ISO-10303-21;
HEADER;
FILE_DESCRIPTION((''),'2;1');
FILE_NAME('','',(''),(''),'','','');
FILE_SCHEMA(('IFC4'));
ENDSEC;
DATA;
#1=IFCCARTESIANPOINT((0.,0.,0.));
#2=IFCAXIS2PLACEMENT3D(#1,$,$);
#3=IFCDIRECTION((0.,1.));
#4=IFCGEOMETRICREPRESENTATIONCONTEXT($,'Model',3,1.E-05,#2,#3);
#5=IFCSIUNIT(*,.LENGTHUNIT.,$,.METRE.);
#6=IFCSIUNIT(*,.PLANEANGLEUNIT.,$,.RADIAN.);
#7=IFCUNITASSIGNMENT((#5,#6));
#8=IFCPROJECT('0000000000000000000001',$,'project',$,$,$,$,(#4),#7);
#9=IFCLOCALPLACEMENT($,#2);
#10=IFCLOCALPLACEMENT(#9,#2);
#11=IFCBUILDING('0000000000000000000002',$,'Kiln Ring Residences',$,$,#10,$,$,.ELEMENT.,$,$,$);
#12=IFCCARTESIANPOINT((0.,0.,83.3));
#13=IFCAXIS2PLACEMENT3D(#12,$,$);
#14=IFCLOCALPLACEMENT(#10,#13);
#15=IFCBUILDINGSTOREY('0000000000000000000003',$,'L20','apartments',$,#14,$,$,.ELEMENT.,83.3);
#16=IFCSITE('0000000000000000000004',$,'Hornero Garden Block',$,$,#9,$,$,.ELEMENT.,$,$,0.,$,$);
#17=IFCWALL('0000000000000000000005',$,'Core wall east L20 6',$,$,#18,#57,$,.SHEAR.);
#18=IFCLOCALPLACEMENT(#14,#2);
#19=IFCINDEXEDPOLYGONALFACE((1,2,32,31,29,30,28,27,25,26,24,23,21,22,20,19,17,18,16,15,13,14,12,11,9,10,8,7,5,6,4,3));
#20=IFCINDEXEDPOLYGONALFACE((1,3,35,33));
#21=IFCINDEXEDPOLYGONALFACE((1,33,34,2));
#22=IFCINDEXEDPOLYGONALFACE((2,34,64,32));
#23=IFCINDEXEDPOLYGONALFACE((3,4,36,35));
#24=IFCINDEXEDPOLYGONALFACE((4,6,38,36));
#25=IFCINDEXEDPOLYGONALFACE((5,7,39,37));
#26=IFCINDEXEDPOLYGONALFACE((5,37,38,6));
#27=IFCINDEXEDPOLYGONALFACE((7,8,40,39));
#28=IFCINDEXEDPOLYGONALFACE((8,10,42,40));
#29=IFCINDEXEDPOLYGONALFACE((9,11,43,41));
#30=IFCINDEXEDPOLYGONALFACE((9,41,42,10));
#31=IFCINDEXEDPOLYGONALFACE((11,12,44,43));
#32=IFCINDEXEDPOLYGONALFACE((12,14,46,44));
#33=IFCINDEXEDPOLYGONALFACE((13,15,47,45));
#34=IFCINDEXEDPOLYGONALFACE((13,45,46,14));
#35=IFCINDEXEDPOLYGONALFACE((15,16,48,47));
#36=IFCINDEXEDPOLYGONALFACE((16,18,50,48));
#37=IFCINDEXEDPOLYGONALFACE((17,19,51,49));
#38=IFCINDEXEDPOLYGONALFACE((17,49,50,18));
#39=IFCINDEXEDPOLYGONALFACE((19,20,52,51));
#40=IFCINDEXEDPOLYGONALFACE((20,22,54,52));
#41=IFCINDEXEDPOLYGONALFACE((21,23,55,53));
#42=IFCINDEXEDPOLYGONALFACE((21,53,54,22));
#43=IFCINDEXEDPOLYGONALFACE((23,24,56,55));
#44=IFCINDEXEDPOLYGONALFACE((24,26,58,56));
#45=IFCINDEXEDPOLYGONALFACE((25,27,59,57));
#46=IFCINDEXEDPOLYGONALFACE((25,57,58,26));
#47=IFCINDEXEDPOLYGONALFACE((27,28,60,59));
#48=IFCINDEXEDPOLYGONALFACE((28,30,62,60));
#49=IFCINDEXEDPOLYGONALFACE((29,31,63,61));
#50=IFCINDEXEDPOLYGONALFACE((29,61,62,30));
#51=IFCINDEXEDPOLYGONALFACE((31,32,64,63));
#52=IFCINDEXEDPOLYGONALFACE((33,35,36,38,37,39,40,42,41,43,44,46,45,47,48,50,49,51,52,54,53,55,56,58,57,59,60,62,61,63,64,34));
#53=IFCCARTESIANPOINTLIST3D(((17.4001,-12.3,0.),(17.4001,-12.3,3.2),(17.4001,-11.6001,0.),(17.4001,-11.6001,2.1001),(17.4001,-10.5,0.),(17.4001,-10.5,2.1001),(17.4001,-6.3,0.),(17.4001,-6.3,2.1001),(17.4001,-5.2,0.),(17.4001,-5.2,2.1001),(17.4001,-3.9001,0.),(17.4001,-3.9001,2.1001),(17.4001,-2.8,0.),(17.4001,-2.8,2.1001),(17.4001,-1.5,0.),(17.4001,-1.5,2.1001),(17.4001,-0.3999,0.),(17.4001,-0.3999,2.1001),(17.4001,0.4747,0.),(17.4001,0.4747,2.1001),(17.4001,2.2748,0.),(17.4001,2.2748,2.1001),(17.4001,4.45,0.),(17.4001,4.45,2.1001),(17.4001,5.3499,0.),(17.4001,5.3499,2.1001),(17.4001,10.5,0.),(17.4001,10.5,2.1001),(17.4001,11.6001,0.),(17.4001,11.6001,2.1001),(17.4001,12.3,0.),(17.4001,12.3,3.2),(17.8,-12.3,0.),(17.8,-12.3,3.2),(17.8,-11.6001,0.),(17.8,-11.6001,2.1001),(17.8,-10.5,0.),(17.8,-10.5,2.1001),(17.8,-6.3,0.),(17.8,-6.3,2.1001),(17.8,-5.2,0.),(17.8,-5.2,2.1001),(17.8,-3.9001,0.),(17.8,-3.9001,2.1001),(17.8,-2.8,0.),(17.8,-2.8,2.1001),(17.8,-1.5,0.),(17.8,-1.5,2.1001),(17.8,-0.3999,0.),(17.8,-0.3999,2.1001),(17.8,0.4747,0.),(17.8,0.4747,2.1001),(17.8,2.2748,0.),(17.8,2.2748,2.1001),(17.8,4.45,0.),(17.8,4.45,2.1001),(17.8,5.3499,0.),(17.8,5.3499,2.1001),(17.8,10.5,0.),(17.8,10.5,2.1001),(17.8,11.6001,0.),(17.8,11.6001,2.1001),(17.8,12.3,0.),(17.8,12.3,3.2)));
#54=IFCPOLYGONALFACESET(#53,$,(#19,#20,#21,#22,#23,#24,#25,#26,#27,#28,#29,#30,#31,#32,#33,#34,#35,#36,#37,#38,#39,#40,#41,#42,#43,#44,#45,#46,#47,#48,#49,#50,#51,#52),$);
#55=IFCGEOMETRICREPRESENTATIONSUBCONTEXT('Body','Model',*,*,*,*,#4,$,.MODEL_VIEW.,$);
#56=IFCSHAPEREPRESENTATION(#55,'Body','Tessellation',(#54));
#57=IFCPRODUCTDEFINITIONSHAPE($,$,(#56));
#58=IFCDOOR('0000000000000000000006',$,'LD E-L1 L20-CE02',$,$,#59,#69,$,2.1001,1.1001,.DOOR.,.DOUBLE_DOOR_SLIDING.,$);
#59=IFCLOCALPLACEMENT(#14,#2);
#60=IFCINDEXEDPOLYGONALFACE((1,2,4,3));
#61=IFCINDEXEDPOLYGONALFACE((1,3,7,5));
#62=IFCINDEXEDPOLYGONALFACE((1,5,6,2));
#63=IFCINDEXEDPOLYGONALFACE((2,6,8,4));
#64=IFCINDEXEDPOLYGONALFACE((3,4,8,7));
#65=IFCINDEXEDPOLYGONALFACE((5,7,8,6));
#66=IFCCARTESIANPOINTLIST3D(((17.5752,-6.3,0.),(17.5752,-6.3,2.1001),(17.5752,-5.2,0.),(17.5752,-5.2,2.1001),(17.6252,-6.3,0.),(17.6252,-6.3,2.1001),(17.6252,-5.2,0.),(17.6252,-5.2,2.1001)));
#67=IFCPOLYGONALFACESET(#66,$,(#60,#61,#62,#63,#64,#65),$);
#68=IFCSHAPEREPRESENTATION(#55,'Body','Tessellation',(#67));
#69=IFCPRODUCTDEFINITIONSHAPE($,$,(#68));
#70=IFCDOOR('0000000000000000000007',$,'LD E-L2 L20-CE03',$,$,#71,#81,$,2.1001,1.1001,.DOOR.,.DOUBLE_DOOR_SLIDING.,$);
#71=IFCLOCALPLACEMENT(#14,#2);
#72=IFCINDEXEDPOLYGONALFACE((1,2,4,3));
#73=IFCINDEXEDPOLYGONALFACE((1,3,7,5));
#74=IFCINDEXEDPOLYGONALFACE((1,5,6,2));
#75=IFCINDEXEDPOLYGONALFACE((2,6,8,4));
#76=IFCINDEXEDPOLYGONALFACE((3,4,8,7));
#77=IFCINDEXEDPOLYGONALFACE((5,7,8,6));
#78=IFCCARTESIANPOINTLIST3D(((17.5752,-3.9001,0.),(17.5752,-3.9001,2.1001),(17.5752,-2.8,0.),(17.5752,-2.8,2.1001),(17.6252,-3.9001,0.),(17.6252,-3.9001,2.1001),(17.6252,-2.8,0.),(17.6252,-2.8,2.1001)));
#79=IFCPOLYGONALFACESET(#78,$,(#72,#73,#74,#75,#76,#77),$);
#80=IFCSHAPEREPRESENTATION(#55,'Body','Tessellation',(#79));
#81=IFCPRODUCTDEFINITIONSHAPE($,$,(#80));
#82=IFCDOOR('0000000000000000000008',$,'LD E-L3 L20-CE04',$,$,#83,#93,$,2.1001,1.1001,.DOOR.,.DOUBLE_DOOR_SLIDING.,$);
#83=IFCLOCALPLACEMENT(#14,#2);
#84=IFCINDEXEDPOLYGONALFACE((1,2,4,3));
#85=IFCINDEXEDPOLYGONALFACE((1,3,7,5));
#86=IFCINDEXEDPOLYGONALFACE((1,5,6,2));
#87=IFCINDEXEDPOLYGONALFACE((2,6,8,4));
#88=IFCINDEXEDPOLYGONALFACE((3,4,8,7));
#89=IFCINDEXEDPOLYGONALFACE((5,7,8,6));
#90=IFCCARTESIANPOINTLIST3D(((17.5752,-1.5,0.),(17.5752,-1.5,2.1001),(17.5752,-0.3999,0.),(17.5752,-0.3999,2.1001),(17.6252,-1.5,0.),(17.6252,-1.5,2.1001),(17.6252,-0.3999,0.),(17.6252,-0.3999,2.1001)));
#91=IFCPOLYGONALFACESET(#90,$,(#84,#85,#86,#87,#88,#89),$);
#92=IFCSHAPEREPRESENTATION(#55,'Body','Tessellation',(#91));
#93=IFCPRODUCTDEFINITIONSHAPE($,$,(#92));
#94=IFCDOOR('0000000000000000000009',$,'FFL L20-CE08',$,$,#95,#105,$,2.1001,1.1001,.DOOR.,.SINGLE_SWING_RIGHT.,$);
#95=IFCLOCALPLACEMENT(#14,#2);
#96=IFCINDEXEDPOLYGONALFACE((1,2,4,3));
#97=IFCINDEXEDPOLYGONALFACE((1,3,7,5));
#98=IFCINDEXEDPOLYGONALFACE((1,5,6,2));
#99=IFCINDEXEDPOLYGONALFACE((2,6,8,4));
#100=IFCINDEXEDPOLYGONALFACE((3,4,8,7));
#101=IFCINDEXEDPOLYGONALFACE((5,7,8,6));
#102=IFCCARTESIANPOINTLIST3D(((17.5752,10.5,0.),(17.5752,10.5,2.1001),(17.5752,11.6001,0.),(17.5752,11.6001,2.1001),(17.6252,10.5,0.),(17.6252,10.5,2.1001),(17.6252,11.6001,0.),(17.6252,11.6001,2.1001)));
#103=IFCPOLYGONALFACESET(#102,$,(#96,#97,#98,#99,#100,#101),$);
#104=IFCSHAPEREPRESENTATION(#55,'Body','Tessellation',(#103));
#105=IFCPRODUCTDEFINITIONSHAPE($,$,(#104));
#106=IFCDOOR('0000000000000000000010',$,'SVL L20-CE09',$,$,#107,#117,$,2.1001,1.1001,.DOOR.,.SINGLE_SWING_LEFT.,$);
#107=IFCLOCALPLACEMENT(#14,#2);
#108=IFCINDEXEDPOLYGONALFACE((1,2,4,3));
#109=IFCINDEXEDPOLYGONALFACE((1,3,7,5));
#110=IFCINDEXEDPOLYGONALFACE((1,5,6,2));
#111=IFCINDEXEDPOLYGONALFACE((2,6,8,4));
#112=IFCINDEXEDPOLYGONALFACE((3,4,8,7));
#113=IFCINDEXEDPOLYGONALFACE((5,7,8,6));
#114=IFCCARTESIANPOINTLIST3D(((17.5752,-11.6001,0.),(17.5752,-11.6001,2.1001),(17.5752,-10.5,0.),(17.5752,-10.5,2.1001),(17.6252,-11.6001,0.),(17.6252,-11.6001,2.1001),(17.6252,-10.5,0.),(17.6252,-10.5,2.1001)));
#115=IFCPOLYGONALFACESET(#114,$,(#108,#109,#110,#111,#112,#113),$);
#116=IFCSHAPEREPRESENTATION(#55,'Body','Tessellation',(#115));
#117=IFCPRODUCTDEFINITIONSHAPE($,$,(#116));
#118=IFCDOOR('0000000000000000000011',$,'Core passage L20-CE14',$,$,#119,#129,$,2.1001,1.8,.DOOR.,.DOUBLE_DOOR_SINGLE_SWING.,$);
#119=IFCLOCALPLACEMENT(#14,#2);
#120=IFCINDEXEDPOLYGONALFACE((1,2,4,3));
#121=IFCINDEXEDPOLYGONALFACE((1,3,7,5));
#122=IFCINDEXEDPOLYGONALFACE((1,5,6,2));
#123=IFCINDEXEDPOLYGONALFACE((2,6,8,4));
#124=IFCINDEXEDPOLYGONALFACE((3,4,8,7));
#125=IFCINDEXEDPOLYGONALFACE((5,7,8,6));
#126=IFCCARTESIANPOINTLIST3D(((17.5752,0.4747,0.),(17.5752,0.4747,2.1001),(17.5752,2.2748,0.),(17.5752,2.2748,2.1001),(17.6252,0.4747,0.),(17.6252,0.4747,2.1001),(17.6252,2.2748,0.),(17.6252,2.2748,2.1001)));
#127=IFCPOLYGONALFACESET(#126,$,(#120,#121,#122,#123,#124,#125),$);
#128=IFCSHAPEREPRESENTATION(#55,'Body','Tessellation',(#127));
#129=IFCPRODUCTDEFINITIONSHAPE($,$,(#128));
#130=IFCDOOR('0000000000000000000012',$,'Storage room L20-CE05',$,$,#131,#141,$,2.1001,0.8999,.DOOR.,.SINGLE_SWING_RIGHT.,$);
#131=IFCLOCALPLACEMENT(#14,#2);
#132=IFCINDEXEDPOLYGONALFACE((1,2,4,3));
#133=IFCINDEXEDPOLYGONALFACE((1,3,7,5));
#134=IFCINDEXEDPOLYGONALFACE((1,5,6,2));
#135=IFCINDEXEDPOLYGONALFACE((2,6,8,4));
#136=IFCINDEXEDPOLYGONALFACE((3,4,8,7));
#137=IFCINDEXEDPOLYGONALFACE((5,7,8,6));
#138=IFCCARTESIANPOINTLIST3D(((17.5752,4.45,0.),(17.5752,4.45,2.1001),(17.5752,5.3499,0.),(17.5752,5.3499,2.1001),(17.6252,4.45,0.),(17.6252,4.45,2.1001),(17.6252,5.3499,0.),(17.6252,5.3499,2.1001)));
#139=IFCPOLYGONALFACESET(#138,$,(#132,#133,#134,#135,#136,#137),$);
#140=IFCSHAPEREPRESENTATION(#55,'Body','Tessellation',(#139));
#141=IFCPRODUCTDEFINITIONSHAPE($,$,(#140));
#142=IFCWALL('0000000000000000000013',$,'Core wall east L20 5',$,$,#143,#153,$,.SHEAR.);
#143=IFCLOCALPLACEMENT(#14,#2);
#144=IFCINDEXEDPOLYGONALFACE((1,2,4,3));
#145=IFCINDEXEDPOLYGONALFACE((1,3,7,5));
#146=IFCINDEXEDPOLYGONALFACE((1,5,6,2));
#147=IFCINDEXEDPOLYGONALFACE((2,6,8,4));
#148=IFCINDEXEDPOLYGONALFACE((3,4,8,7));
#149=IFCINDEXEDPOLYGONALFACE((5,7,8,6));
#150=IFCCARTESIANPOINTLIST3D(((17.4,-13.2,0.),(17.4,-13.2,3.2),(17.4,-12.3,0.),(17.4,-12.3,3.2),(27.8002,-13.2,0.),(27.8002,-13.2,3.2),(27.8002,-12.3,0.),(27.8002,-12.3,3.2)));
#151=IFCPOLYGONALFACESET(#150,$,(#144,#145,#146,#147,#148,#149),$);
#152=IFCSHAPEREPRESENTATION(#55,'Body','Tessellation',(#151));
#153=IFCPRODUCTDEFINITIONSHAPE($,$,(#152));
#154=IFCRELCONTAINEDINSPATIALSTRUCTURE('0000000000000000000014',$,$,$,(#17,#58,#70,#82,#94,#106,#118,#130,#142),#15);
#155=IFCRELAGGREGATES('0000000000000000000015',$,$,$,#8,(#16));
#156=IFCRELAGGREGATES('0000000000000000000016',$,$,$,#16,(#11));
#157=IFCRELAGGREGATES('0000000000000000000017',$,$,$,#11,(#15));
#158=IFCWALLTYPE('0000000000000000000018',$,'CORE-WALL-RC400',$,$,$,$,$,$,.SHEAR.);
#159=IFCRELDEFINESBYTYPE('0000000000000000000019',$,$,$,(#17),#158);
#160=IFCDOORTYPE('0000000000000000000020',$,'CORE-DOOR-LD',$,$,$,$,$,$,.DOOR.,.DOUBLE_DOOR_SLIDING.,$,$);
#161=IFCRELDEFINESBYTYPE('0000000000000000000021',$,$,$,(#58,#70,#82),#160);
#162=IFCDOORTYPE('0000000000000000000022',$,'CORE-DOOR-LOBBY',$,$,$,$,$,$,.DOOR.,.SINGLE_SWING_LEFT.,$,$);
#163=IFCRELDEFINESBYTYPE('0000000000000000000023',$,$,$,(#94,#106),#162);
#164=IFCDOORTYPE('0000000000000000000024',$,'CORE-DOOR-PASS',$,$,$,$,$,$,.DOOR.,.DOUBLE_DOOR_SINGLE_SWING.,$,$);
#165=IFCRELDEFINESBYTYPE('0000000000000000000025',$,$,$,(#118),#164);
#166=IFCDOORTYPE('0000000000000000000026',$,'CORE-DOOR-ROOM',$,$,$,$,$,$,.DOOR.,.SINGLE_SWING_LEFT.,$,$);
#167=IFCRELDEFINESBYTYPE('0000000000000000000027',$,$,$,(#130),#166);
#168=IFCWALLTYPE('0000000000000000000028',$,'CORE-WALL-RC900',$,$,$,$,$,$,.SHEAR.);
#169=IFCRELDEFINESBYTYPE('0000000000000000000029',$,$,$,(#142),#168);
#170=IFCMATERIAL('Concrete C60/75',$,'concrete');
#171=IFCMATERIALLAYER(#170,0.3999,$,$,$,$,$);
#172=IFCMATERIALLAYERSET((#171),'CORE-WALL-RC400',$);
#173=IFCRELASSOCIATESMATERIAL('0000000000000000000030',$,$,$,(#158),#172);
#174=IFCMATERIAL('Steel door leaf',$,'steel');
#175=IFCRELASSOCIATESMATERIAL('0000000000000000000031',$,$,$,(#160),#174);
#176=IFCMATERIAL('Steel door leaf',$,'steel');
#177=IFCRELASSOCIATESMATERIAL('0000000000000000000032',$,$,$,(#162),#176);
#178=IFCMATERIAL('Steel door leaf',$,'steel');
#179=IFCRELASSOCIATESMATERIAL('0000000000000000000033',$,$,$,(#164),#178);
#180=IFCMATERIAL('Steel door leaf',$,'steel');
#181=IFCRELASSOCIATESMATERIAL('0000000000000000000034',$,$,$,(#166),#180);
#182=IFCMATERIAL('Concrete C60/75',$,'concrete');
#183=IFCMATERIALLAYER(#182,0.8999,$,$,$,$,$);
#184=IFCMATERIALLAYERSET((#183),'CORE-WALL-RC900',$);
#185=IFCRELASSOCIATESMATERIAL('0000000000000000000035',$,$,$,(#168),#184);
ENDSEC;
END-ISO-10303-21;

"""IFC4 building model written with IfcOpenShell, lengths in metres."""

from ifc_helpers import new_model, si_unit, direction, frame, frame_2d, origin, place, context, subcontext, project, spatial, rectangle, extrude, material, layer, layer_set, type_object, element, fill, save


model = new_model("IFC4")

# Units and contexts
model_context = context("Model", 3, precision=1e-05, world=origin(), true_north=direction((0.0, 1.0)))
body_context = subcontext(model_context, "Body", "Model", "MODEL_VIEW")
ifc_project = project(units=[si_unit("LENGTHUNIT", "METRE"), si_unit("PLANEANGLEUNIT", "RADIAN")], contexts=[model_context])

# Site, building, storey
site_placement = place(None, origin())
site = spatial("IfcSite", under=ifc_project, at=site_placement, Name="Hornero Garden Block", CompositionType="ELEMENT", RefElevation=0.0)
building_placement = place(site_placement, origin())
building = spatial("IfcBuilding", under=site, at=building_placement, Name="Kiln Ring Residences", CompositionType="ELEMENT")
storey_placement = place(building_placement, frame((0.0, 0.0, 83.3)))
storey = spatial("IfcBuildingStorey", under=building, at=storey_placement, Name="L20", Description="apartments", CompositionType="ELEMENT", Elevation=83.3)

# Wall, openings, doors
ifc_material_1 = material(Name="Concrete C60/75", Category="concrete")
ifc_layer_1 = layer(ifc_material_1, 0.3999)
ifc_layer_set_1 = layer_set([ifc_layer_1], Name="CORE-WALL-RC400")
wall_type_1 = type_object("IfcWallType", Name="CORE-WALL-RC400", PredefinedType="SHEAR", material=ifc_layer_set_1)
wall_1_placement = place(storey_placement, frame((17.6001, -12.3, 0.0), z_axis=(0.0, 0.0, 1.0), x_axis=(0.0, 1.0, 0.0)))
wall_1 = element("IfcWall", 1, at=wall_1_placement, inside=storey, type_object=wall_type_1, Name="Core wall east L20 6", PredefinedType="SHEAR", context=body_context, shape_type="SweptSolid", body=[
    extrude(rectangle(XDim=24.6001, YDim=0.3999, at=frame_2d((12.3, 0.0))), origin(), (0.0, 0.0, 1.0), 3.2),
])
opening_1_placement = place(wall_1_placement, frame((6.0, 0.0, 0.0)))
opening_1 = element("IfcOpeningElement", 2, at=opening_1_placement, cuts=wall_1, PredefinedType="OPENING", context=body_context, shape_type="SweptSolid", body=[
    extrude(rectangle(XDim=1.1001, YDim=2.1001, at=frame_2d((0.55, 1.05))), frame((0.0, 0.21, 0.0), z_axis=(0.0, -1.0, 0.0), x_axis=(1.0, 0.0, 0.0)), (0.0, 0.0, 1.0), 0.4199),
])
opening_2_placement = place(wall_1_placement, frame((8.3999, 0.0, 0.0)))
opening_2 = element("IfcOpeningElement", 3, at=opening_2_placement, cuts=wall_1, PredefinedType="OPENING", context=body_context, shape_type="SweptSolid", body=[
    extrude(rectangle(XDim=1.1001, YDim=2.1001, at=frame_2d((0.55, 1.05))), frame((0.0, 0.21, 0.0), z_axis=(0.0, -1.0, 0.0), x_axis=(1.0, 0.0, 0.0)), (0.0, 0.0, 1.0), 0.4199),
])
opening_3_placement = place(wall_1_placement, frame((10.8, 0.0, 0.0)))
opening_3 = element("IfcOpeningElement", 4, at=opening_3_placement, cuts=wall_1, PredefinedType="OPENING", context=body_context, shape_type="SweptSolid", body=[
    extrude(rectangle(XDim=1.1001, YDim=2.1001, at=frame_2d((0.55, 1.05))), frame((0.0, 0.21, 0.0), z_axis=(0.0, -1.0, 0.0), x_axis=(1.0, 0.0, 0.0)), (0.0, 0.0, 1.0), 0.4199),
])
opening_4_placement = place(wall_1_placement, frame((16.75, 0.0, 0.0)))
opening_4 = element("IfcOpeningElement", 5, at=opening_4_placement, cuts=wall_1, PredefinedType="OPENING", context=body_context, shape_type="SweptSolid", body=[
    extrude(rectangle(XDim=0.8999, YDim=2.1001, at=frame_2d((0.45, 1.05))), frame((0.0, 0.21, 0.0), z_axis=(0.0, -1.0, 0.0), x_axis=(1.0, 0.0, 0.0)), (0.0, 0.0, 1.0), 0.4199),
])
opening_5_placement = place(wall_1_placement, frame((22.8, 0.0, 0.0)))
opening_5 = element("IfcOpeningElement", 6, at=opening_5_placement, cuts=wall_1, PredefinedType="OPENING", context=body_context, shape_type="SweptSolid", body=[
    extrude(rectangle(XDim=1.1001, YDim=2.1001, at=frame_2d((0.55, 1.05))), frame((0.0, 0.21, 0.0), z_axis=(0.0, -1.0, 0.0), x_axis=(1.0, 0.0, 0.0)), (0.0, 0.0, 1.0), 0.4199),
])
opening_6_placement = place(wall_1_placement, frame((0.7, 0.0, 0.0)))
opening_6 = element("IfcOpeningElement", 7, at=opening_6_placement, cuts=wall_1, PredefinedType="OPENING", context=body_context, shape_type="SweptSolid", body=[
    extrude(rectangle(XDim=1.1001, YDim=2.1001, at=frame_2d((0.55, 1.05))), frame((0.0, 0.21, 0.0), z_axis=(0.0, -1.0, 0.0), x_axis=(1.0, 0.0, 0.0)), (0.0, 0.0, 1.0), 0.4199),
])
opening_7_placement = place(wall_1_placement, frame((12.7749, 0.0, 0.0)))
opening_7 = element("IfcOpeningElement", 8, at=opening_7_placement, cuts=wall_1, PredefinedType="OPENING", context=body_context, shape_type="SweptSolid", body=[
    extrude(rectangle(XDim=1.8, YDim=2.1001, at=frame_2d((0.8999, 1.05))), frame((0.0, 0.21, 0.0), z_axis=(0.0, -1.0, 0.0), x_axis=(1.0, 0.0, 0.0)), (0.0, 0.0, 1.0), 0.4199),
])
ifc_material_2 = material(Name="Steel door leaf", Category="steel")
door_type_1 = type_object("IfcDoorType", Name="CORE-DOOR-LD", OperationType="DOUBLE_DOOR_SLIDING", PredefinedType="DOOR", material=ifc_material_2)
door_1_placement = place(opening_1_placement, origin())
door_1 = element("IfcDoor", 9, at=door_1_placement, inside=storey, type_object=door_type_1, Name="LD E-L1 L20-CE02", OperationType="DOUBLE_DOOR_SLIDING", OverallHeight=2.1001, OverallWidth=1.1001, PredefinedType="DOOR", context=body_context, shape_type="SweptSolid", body=[
    extrude(rectangle(XDim=1.1001, YDim=2.1001, at=frame_2d((0.55, 1.05))), frame((0.0, 0.0249, 0.0), z_axis=(0.0, -1.0, 0.0), x_axis=(1.0, 0.0, 0.0)), (0.0, 0.0, 1.0), 0.05),
])
fill(opening_1, door_1)
door_2_placement = place(opening_2_placement, origin())
door_2 = element("IfcDoor", 10, at=door_2_placement, inside=storey, type_object=door_type_1, Name="LD E-L2 L20-CE03", OperationType="DOUBLE_DOOR_SLIDING", OverallHeight=2.1001, OverallWidth=1.1001, PredefinedType="DOOR", context=body_context, shape_type="SweptSolid", body=[
    extrude(rectangle(XDim=1.1001, YDim=2.1001, at=frame_2d((0.55, 1.05))), frame((0.0, 0.0249, 0.0), z_axis=(0.0, -1.0, 0.0), x_axis=(1.0, 0.0, 0.0)), (0.0, 0.0, 1.0), 0.05),
])
fill(opening_2, door_2)
door_3_placement = place(opening_3_placement, origin())
door_3 = element("IfcDoor", 11, at=door_3_placement, inside=storey, type_object=door_type_1, Name="LD E-L3 L20-CE04", OperationType="DOUBLE_DOOR_SLIDING", OverallHeight=2.1001, OverallWidth=1.1001, PredefinedType="DOOR", context=body_context, shape_type="SweptSolid", body=[
    extrude(rectangle(XDim=1.1001, YDim=2.1001, at=frame_2d((0.55, 1.05))), frame((0.0, 0.0249, 0.0), z_axis=(0.0, -1.0, 0.0), x_axis=(1.0, 0.0, 0.0)), (0.0, 0.0, 1.0), 0.05),
])
fill(opening_3, door_3)
ifc_material_3 = material(Name="Steel door leaf", Category="steel")
door_type_2 = type_object("IfcDoorType", Name="CORE-DOOR-LOBBY", OperationType="SINGLE_SWING_LEFT", PredefinedType="DOOR", material=ifc_material_3)
door_4_placement = place(opening_5_placement, origin())
door_4 = element("IfcDoor", 12, at=door_4_placement, inside=storey, type_object=door_type_2, Name="FFL L20-CE08", OperationType="SINGLE_SWING_RIGHT", OverallHeight=2.1001, OverallWidth=1.1001, PredefinedType="DOOR", context=body_context, shape_type="SweptSolid", body=[
    extrude(rectangle(XDim=1.1001, YDim=2.1001, at=frame_2d((0.55, 1.05))), frame((0.0, 0.0249, 0.0), z_axis=(0.0, -1.0, 0.0), x_axis=(1.0, 0.0, 0.0)), (0.0, 0.0, 1.0), 0.05),
])
fill(opening_5, door_4)
door_5_placement = place(opening_6_placement, origin())
door_5 = element("IfcDoor", 13, at=door_5_placement, inside=storey, type_object=door_type_2, Name="SVL L20-CE09", OperationType="SINGLE_SWING_LEFT", OverallHeight=2.1001, OverallWidth=1.1001, PredefinedType="DOOR", context=body_context, shape_type="SweptSolid", body=[
    extrude(rectangle(XDim=1.1001, YDim=2.1001, at=frame_2d((0.55, 1.05))), frame((0.0, 0.0249, 0.0), z_axis=(0.0, -1.0, 0.0), x_axis=(1.0, 0.0, 0.0)), (0.0, 0.0, 1.0), 0.05),
])
fill(opening_6, door_5)
ifc_material_4 = material(Name="Steel door leaf", Category="steel")
door_type_3 = type_object("IfcDoorType", Name="CORE-DOOR-PASS", OperationType="DOUBLE_DOOR_SINGLE_SWING", PredefinedType="DOOR", material=ifc_material_4)
door_6_placement = place(opening_7_placement, origin())
door_6 = element("IfcDoor", 14, at=door_6_placement, inside=storey, type_object=door_type_3, Name="Core passage L20-CE14", OperationType="DOUBLE_DOOR_SINGLE_SWING", OverallHeight=2.1001, OverallWidth=1.8, PredefinedType="DOOR", context=body_context, shape_type="SweptSolid", body=[
    extrude(rectangle(XDim=1.8, YDim=2.1001, at=frame_2d((0.8999, 1.05))), frame((0.0, 0.0249, 0.0), z_axis=(0.0, -1.0, 0.0), x_axis=(1.0, 0.0, 0.0)), (0.0, 0.0, 1.0), 0.05),
])
fill(opening_7, door_6)
ifc_material_5 = material(Name="Steel door leaf", Category="steel")
door_type_4 = type_object("IfcDoorType", Name="CORE-DOOR-ROOM", OperationType="SINGLE_SWING_LEFT", PredefinedType="DOOR", material=ifc_material_5)
door_7_placement = place(opening_4_placement, origin())
door_7 = element("IfcDoor", 15, at=door_7_placement, inside=storey, type_object=door_type_4, Name="Storage room L20-CE05", OperationType="SINGLE_SWING_RIGHT", OverallHeight=2.1001, OverallWidth=0.8999, PredefinedType="DOOR", context=body_context, shape_type="SweptSolid", body=[
    extrude(rectangle(XDim=0.8999, YDim=2.1001, at=frame_2d((0.45, 1.05))), frame((0.0, 0.0249, 0.0), z_axis=(0.0, -1.0, 0.0), x_axis=(1.0, 0.0, 0.0)), (0.0, 0.0, 1.0), 0.05),
])
fill(opening_4, door_7)

# Wall
ifc_material_6 = material(Name="Concrete C60/75", Category="concrete")
ifc_layer_2 = layer(ifc_material_6, 0.8999)
ifc_layer_set_2 = layer_set([ifc_layer_2], Name="CORE-WALL-RC900")
wall_type_2 = type_object("IfcWallType", Name="CORE-WALL-RC900", PredefinedType="SHEAR", material=ifc_layer_set_2)
wall_2_placement = place(storey_placement, frame((17.3999, -12.75, 0.0), z_axis=(0.0, 0.0, 1.0), x_axis=(1.0, 0.0, 0.0)))
element("IfcWall", 16, at=wall_2_placement, inside=storey, type_object=wall_type_2, Name="Core wall east L20 5", PredefinedType="SHEAR", context=body_context, shape_type="SweptSolid", body=[
    extrude(rectangle(XDim=10.4001, YDim=0.8999, at=frame_2d((5.2002, 0.0))), origin(), (0.0, 0.0, 1.0), 3.2),
])

save(model, "model.ifc")
